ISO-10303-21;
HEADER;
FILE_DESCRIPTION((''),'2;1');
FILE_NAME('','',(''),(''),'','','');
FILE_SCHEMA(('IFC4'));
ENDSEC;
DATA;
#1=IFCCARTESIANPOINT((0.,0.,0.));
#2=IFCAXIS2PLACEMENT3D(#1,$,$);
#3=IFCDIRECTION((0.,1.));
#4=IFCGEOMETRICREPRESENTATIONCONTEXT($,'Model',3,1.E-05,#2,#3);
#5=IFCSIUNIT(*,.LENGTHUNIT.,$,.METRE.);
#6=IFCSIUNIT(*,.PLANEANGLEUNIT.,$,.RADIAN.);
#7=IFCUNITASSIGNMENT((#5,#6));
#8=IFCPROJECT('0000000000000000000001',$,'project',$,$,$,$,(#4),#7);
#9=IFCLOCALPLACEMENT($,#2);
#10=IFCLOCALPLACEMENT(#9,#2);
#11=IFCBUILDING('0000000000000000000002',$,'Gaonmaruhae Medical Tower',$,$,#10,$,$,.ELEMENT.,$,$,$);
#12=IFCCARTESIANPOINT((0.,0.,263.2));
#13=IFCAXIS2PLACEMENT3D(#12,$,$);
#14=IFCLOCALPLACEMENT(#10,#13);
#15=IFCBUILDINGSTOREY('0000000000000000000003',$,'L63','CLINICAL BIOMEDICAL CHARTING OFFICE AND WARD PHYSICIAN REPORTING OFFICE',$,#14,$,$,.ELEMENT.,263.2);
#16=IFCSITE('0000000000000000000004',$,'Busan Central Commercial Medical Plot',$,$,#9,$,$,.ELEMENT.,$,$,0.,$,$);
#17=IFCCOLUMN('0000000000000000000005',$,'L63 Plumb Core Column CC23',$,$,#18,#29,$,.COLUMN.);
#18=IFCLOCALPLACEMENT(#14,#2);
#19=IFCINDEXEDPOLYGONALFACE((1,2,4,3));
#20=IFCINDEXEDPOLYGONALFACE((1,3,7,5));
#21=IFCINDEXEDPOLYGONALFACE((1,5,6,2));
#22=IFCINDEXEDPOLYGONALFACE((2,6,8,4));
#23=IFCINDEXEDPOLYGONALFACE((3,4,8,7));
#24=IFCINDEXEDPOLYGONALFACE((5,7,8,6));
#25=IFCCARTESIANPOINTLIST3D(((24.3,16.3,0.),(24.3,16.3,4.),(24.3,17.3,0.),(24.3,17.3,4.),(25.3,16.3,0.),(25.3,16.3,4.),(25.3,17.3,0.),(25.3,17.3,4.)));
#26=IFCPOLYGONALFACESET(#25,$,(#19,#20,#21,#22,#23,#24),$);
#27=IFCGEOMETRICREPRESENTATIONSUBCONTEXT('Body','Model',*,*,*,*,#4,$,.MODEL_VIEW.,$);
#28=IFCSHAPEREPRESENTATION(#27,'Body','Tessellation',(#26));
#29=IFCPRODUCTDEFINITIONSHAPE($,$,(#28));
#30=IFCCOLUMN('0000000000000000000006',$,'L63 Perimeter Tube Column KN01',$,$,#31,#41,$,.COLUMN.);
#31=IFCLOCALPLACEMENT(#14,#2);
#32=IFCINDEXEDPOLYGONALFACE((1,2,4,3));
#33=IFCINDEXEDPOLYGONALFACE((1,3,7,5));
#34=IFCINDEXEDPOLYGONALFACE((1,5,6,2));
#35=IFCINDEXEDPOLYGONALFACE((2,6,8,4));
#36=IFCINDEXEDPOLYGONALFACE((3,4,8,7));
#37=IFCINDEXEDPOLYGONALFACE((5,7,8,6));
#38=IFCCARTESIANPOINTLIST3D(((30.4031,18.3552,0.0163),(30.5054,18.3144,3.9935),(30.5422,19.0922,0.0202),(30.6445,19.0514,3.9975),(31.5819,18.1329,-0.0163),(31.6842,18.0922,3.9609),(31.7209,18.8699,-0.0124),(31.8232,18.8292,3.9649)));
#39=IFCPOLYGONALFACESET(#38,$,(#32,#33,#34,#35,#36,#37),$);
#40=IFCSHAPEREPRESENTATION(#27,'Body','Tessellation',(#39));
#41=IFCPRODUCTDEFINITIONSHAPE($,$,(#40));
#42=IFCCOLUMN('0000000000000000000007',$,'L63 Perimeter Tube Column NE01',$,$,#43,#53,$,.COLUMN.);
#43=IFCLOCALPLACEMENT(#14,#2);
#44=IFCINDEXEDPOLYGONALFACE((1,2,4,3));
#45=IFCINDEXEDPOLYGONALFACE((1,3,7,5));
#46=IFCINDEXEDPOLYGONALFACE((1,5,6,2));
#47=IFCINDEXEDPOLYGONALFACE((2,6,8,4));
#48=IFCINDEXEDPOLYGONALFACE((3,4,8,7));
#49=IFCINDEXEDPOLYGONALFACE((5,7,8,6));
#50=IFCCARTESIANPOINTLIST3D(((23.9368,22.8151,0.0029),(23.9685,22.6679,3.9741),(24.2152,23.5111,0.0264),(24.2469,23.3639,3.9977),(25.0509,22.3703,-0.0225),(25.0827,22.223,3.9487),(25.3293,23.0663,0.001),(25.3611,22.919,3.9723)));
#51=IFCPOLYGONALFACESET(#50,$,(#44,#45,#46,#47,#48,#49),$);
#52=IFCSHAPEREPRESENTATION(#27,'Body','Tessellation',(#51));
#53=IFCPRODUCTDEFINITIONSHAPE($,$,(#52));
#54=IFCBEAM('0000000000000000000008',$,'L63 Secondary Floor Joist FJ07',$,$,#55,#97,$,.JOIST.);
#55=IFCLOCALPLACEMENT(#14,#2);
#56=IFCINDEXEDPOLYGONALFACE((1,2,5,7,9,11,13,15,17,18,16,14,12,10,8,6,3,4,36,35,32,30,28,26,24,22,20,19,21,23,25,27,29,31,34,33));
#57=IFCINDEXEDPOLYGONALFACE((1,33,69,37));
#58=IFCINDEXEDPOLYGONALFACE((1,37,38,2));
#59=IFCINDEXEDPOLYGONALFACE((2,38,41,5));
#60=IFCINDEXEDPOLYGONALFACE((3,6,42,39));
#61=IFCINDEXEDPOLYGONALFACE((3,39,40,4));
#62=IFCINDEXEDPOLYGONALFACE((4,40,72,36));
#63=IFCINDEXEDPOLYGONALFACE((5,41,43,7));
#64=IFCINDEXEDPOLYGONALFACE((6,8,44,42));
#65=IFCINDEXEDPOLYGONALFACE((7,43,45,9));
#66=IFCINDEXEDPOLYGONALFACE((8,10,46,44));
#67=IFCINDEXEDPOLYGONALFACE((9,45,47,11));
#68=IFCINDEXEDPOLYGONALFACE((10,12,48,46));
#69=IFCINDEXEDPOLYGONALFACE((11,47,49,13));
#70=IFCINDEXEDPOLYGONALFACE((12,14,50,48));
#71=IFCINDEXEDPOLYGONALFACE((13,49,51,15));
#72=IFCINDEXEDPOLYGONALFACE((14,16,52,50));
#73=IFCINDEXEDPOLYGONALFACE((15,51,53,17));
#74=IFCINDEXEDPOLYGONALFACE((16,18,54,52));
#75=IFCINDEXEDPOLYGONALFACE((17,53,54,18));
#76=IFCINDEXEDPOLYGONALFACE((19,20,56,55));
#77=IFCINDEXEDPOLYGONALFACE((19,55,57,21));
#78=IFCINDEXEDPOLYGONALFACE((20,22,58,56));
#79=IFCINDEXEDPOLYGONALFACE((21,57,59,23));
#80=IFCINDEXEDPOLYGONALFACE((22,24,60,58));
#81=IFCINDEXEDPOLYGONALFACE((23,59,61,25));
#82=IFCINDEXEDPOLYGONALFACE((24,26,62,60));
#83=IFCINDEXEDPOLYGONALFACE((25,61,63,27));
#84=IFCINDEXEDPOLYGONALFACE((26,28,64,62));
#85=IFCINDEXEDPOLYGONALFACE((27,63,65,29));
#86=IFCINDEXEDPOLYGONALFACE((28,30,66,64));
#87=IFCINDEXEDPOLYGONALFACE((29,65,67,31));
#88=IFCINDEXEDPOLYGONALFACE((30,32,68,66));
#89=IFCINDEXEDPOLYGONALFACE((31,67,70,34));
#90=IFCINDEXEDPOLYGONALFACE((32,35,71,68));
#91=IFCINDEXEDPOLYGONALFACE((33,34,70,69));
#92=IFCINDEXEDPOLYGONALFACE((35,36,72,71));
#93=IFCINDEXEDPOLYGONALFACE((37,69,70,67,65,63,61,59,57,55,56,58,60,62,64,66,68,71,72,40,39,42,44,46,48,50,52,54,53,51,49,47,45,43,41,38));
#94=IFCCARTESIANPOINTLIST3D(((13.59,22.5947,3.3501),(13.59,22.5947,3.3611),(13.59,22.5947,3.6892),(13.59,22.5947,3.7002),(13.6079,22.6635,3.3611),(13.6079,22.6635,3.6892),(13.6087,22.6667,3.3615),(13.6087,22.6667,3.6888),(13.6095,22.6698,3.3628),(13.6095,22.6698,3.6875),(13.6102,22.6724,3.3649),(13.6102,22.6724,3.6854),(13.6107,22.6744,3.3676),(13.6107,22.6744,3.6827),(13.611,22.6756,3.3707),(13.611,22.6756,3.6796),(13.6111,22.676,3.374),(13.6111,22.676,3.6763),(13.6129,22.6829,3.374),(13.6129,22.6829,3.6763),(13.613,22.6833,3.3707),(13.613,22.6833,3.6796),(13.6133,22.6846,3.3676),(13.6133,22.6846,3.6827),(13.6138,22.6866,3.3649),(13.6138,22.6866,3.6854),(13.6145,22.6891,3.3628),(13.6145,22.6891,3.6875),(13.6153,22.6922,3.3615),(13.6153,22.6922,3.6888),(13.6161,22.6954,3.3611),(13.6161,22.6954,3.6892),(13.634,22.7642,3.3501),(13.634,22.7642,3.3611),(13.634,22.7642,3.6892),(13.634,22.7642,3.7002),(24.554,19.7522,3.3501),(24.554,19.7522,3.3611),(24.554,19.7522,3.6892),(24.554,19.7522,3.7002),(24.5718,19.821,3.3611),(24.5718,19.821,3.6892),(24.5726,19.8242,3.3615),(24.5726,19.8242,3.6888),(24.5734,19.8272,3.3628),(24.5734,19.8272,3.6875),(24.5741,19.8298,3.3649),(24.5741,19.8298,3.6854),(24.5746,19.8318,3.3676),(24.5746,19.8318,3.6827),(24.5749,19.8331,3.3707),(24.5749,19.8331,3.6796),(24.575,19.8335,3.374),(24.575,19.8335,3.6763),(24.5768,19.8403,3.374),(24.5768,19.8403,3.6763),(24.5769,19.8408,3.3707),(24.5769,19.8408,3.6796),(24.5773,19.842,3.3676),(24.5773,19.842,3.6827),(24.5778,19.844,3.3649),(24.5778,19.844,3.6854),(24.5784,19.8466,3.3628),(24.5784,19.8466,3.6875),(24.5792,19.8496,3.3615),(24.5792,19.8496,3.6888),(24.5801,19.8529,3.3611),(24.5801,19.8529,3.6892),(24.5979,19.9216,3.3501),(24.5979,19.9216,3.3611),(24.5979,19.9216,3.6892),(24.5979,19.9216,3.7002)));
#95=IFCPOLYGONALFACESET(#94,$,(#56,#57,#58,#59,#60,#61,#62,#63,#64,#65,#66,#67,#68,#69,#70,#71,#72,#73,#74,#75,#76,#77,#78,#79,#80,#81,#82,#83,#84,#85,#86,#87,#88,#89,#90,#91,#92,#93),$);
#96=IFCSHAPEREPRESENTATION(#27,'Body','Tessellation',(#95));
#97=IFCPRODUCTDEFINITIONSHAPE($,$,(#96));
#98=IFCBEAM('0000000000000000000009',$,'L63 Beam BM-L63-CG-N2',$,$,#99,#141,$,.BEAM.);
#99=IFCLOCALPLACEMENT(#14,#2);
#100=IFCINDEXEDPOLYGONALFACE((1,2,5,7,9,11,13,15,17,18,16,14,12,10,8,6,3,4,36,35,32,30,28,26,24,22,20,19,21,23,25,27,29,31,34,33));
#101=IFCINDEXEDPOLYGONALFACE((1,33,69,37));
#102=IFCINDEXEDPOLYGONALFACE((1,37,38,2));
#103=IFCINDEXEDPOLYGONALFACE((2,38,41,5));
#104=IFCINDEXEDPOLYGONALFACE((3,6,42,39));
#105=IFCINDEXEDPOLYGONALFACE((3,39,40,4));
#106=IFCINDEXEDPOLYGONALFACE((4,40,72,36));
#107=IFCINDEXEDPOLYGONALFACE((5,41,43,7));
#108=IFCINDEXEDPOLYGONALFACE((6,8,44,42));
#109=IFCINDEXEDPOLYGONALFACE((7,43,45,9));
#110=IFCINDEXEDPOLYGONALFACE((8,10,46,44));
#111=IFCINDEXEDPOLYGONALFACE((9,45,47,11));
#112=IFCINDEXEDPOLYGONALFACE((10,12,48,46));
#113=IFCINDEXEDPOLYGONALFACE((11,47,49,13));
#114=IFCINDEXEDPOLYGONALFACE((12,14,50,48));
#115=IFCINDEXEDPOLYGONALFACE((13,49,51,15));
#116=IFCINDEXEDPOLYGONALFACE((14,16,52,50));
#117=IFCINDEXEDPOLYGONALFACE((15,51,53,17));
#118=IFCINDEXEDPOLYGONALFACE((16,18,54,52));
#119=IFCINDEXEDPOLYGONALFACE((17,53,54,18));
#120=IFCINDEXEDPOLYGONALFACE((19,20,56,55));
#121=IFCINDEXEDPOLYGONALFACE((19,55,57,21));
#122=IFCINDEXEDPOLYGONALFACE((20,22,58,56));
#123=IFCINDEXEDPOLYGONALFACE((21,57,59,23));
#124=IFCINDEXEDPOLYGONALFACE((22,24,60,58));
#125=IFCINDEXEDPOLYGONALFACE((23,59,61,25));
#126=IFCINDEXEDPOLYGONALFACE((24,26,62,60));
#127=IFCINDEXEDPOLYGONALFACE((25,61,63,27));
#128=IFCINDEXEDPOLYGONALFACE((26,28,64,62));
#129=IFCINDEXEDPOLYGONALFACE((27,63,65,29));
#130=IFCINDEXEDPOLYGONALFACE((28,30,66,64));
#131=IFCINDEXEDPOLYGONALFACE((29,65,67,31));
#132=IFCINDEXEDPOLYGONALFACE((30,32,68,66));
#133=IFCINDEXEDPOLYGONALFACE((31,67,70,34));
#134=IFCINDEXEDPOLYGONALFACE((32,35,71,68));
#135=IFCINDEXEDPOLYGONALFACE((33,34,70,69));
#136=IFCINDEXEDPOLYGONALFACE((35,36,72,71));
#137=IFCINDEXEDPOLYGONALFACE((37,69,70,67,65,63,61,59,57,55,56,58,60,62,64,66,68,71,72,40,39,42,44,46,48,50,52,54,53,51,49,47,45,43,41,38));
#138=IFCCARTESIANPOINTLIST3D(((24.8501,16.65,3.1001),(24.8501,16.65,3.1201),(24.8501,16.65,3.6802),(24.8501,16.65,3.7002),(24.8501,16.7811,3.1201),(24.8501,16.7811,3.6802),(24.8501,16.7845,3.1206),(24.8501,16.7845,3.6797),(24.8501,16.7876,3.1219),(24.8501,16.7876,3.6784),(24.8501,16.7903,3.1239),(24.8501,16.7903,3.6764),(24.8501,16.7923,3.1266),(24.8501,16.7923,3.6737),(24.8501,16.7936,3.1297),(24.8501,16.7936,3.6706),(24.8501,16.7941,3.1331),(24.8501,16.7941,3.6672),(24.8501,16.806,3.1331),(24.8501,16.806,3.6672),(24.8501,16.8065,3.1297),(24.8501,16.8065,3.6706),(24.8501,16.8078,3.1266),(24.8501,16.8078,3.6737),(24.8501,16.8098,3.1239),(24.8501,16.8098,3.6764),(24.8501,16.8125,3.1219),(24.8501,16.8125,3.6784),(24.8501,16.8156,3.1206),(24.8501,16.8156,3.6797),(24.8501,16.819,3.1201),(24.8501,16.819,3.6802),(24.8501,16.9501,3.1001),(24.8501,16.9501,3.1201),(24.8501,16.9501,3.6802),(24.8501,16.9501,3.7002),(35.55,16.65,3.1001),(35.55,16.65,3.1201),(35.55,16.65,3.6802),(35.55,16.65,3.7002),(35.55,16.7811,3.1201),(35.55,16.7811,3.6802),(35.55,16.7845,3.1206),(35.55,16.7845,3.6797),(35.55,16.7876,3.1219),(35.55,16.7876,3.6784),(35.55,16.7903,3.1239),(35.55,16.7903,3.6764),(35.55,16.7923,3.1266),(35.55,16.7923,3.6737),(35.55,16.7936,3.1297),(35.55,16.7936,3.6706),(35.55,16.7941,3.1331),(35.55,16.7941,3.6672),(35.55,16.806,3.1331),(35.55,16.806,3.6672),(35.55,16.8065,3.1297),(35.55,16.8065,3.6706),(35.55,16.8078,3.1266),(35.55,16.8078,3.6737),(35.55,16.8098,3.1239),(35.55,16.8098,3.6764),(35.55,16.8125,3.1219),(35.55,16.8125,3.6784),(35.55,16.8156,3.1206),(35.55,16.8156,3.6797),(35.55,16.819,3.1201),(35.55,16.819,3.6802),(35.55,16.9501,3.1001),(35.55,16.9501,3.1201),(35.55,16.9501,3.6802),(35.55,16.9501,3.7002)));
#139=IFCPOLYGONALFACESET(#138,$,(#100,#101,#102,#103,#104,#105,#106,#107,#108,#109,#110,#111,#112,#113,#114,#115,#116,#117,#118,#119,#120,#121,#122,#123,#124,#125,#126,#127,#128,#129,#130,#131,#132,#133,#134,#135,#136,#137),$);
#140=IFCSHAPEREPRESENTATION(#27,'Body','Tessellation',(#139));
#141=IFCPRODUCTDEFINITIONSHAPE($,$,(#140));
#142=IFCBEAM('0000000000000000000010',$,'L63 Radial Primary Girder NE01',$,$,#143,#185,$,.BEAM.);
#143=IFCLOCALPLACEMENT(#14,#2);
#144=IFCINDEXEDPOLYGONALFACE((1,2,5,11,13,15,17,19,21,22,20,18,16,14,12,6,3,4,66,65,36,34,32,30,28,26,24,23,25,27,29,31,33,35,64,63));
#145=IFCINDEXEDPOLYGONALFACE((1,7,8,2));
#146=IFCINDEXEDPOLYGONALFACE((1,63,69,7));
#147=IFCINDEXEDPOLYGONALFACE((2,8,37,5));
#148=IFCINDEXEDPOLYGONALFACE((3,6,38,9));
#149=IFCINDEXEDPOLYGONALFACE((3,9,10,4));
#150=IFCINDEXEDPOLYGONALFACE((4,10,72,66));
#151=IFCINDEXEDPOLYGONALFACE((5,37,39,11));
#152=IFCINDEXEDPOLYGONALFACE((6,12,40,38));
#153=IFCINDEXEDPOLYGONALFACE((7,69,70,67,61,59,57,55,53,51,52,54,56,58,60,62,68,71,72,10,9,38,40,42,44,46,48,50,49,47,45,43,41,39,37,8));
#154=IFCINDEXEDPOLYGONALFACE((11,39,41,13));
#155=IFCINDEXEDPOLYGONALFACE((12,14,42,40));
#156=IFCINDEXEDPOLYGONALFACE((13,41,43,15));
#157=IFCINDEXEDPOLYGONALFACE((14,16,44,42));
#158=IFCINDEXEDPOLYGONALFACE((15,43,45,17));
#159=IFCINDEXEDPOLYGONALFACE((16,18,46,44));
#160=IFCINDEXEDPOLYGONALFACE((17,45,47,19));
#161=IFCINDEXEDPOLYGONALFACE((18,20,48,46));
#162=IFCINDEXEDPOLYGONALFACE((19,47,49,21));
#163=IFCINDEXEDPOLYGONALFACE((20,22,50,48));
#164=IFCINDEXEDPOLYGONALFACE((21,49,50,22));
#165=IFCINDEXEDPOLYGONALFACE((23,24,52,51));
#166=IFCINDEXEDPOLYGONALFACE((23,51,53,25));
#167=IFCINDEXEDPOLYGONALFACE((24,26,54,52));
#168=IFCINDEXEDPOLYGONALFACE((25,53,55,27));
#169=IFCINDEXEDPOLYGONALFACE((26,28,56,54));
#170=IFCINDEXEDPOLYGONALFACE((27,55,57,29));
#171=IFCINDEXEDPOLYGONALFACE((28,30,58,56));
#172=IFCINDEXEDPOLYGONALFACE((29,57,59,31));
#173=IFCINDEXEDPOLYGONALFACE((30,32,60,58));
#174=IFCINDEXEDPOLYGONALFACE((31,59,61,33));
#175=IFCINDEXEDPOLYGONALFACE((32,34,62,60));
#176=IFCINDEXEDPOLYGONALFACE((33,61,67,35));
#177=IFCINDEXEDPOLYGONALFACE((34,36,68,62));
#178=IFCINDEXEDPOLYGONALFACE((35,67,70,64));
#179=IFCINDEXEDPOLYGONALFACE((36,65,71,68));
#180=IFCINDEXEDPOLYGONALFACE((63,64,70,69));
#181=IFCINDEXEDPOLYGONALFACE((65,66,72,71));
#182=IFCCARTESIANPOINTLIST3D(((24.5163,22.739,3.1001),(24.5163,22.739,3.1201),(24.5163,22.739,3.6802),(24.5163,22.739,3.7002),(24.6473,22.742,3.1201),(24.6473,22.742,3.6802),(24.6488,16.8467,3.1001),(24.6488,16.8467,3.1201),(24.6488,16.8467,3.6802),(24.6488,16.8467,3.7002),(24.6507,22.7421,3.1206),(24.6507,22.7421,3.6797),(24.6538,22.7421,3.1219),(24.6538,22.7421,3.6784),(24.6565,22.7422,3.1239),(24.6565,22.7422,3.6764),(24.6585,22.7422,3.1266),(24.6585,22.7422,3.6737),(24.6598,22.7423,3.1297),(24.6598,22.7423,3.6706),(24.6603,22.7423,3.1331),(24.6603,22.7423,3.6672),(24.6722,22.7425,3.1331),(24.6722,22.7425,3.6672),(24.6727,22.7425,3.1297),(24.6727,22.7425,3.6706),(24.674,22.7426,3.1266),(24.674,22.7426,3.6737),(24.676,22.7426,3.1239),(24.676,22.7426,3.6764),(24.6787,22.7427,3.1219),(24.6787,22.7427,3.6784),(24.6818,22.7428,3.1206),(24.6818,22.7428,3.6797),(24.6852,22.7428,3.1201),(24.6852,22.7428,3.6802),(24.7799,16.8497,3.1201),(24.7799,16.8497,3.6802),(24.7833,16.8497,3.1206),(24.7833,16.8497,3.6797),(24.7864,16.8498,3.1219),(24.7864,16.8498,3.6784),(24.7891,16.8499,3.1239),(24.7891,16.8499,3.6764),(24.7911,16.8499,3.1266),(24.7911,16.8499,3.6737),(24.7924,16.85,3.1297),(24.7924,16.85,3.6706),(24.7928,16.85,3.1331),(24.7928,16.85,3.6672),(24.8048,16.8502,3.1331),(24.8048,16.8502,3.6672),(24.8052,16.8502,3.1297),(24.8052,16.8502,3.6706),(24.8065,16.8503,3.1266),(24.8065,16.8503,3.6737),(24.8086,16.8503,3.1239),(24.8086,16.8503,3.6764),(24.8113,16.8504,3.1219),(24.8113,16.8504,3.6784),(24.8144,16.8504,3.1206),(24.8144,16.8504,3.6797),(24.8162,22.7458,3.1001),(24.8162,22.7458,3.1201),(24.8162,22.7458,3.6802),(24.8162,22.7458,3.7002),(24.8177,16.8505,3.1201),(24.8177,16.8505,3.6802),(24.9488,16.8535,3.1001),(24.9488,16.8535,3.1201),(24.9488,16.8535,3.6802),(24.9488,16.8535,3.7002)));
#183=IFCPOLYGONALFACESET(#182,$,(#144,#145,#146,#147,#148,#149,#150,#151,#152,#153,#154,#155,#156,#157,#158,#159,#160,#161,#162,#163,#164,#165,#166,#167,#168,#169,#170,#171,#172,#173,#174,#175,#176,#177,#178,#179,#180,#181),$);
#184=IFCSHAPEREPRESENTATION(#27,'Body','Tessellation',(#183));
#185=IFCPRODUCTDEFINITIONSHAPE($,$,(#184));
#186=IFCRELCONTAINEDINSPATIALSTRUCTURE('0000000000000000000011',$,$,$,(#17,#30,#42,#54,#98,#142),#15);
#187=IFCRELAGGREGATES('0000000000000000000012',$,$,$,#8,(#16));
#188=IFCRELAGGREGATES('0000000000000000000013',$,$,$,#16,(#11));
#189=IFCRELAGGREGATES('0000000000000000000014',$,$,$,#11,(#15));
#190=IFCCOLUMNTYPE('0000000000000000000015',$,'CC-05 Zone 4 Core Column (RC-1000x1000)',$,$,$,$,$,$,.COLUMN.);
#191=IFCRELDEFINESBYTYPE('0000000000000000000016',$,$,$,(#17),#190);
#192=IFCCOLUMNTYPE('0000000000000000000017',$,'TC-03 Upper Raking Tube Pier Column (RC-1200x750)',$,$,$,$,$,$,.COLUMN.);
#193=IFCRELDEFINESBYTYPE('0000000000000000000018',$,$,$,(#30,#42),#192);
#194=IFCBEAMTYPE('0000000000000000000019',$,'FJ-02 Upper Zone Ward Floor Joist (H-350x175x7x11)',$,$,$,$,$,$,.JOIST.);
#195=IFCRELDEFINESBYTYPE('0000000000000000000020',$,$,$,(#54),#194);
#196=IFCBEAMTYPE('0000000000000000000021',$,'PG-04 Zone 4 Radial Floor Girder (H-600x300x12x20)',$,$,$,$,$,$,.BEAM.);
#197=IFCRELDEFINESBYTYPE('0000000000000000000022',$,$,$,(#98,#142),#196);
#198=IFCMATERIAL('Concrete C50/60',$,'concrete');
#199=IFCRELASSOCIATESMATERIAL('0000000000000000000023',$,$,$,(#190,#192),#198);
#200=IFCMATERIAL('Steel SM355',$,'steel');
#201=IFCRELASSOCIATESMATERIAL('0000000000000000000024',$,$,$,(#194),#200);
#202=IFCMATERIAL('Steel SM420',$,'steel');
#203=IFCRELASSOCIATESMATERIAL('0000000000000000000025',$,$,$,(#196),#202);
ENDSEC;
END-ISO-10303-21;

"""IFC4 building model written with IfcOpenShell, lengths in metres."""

from ifc_helpers import new_model, si_unit, direction, frame, origin, origin_2d, place, context, subcontext, project, spatial, rectangle, i_section, extrude, material, material_profile, profile_set, type_object, element, save


model = new_model("IFC4")

# Units and contexts
model_context = context("Model", 3, precision=1e-05, world=origin(), true_north=direction((0.0, 1.0)))
body_context = subcontext(model_context, "Body", "Model", "MODEL_VIEW")
ifc_project = project(units=[si_unit("LENGTHUNIT", "METRE"), si_unit("PLANEANGLEUNIT", "RADIAN")], contexts=[model_context])

# Site, building, storey
site_placement = place(None, origin())
site = spatial("IfcSite", under=ifc_project, at=site_placement, Name="Busan Central Commercial Medical Plot", CompositionType="ELEMENT", RefElevation=0.0)
building_placement = place(site_placement, origin())
building = spatial("IfcBuilding", under=site, at=building_placement, Name="Gaonmaruhae Medical Tower", CompositionType="ELEMENT")
storey_placement = place(building_placement, frame((0.0, 0.0, 263.2)))
storey = spatial("IfcBuildingStorey", under=building, at=storey_placement, Name="L63", Description="CLINICAL BIOMEDICAL CHARTING OFFICE AND WARD PHYSICIAN REPORTING OFFICE", CompositionType="ELEMENT", Elevation=263.2)

# Columns
ifc_material_1 = material(Name="Concrete C50/60", Category="concrete")
ifc_material_profile_1 = material_profile(ifc_material_1, rectangle(XDim=1.0, YDim=1.0, at=origin_2d()), Name="RC-1000x1000")
ifc_profile_set_1 = profile_set([ifc_material_profile_1], Name="Concrete C50/60")
column_type_1 = type_object("IfcColumnType", Name="CC-05 Zone 4 Core Column (RC-1000x1000)", PredefinedType="COLUMN", material=ifc_profile_set_1)
column_1_placement = place(storey_placement, frame((24.8, 16.8, 0.0), z_axis=(0.0, 0.0, 1.0), x_axis=(1.0, 0.0, 0.0)))
element("IfcColumn", 1, at=column_1_placement, inside=storey, type_object=column_type_1, Name="L63 Plumb Core Column CC23", PredefinedType="COLUMN", context=body_context, shape_type="SweptSolid", body=[
    extrude(rectangle(XDim=1.0, YDim=1.0, at=origin_2d()), origin(), (0.0, 0.0, 1.0), 4.0),
])
ifc_material_profile_2 = material_profile(ifc_material_1, rectangle(XDim=1.2, YDim=0.75, at=origin_2d()), Name="RC-1200x750")
ifc_profile_set_2 = profile_set([ifc_material_profile_2], Name="Concrete C50/60")
column_type_2 = type_object("IfcColumnType", Name="TC-03 Upper Raking Tube Pier Column (RC-1200x750)", PredefinedType="COLUMN", material=ifc_profile_set_2)
column_2_placement = place(storey_placement, frame((31.062, 18.6125, 0.002), z_axis=(0.02571, -0.010247, 0.999617), x_axis=(-0.982326, 0.185195, 0.027164)))
element("IfcColumn", 2, at=column_2_placement, inside=storey, type_object=column_type_2, Name="L63 Perimeter Tube Column KN01", PredefinedType="COLUMN", context=body_context, shape_type="SweptSolid", body=[
    extrude(rectangle(XDim=1.2, YDim=0.75, at=origin_2d()), origin(), (0.0, 0.0, 1.0), 3.9788),
])
column_3_placement = place(storey_placement, frame((24.6331, 22.9407, 0.002), z_axis=(0.007986, -0.037045, 0.999282), x_axis=(-0.928506, 0.370714, 0.021164)))
element("IfcColumn", 3, at=column_3_placement, inside=storey, type_object=column_type_2, Name="L63 Perimeter Tube Column NE01", PredefinedType="COLUMN", context=body_context, shape_type="SweptSolid", body=[
    extrude(rectangle(XDim=1.2, YDim=0.75, at=origin_2d()), origin(), (0.0, 0.0, 1.0), 3.9741),
])

# Beams
ifc_material_2 = material(Name="Steel SM355", Category="steel")
ifc_material_profile_3 = material_profile(ifc_material_2, i_section(OverallWidth=0.175, OverallDepth=0.3501, WebThickness=0.0071, FlangeThickness=0.011, FilletRadius=0.0129, at=origin_2d()), Name="H-350x175x7x11")
ifc_profile_set_3 = profile_set([ifc_material_profile_3], Name="Steel SM355")
beam_type_1 = type_object("IfcBeamType", Name="FJ-02 Upper Zone Ward Floor Joist (H-350x175x7x11)", PredefinedType="JOIST", material=ifc_profile_set_3)
beam_1_placement = place(storey_placement, frame((24.5759, 19.8369, 3.5251), z_axis=(-0.967996, 0.250966, 0.0), x_axis=(-0.250966, -0.967996, 0.0)))
element("IfcBeam", 4, at=beam_1_placement, inside=storey, type_object=beam_type_1, Name="L63 Secondary Floor Joist FJ07", PredefinedType="JOIST", context=body_context, shape_type="SweptSolid", body=[
    extrude(i_section(OverallWidth=0.175, OverallDepth=0.3501, WebThickness=0.0071, FlangeThickness=0.011, FilletRadius=0.0129, at=origin_2d()), origin(), (0.0, 0.0, 1.0), 11.3264),
])
ifc_material_3 = material(Name="Steel SM420", Category="steel")
ifc_material_profile_4 = material_profile(ifc_material_3, i_section(OverallWidth=0.3, OverallDepth=0.6001, WebThickness=0.012, FlangeThickness=0.02, FilletRadius=0.0129, at=origin_2d()), Name="H-600x300x12x20")
ifc_profile_set_4 = profile_set([ifc_material_profile_4], Name="Steel SM420")
beam_type_2 = type_object("IfcBeamType", Name="PG-04 Zone 4 Radial Floor Girder (H-600x300x12x20)", PredefinedType="BEAM", material=ifc_profile_set_4)
beam_2_placement = place(storey_placement, frame((24.8501, 16.8, 3.4001), z_axis=(1.0, 0.0, 0.0), x_axis=(0.0, 1.0, 0.0)))
element("IfcBeam", 5, at=beam_2_placement, inside=storey, type_object=beam_type_2, Name="L63 Beam BM-L63-CG-N2", PredefinedType="BEAM", context=body_context, shape_type="SweptSolid", body=[
    extrude(i_section(OverallWidth=0.3, OverallDepth=0.6001, WebThickness=0.012, FlangeThickness=0.02, FilletRadius=0.0129, at=origin_2d()), origin(), (0.0, 0.0, 1.0), 10.7),
])
beam_3_placement = place(storey_placement, frame((24.7988, 16.8501, 3.4001), z_axis=(-0.022493, 0.999747, 0.0), x_axis=(-0.999747, -0.022493, 0.0)))
element("IfcBeam", 6, at=beam_3_placement, inside=storey, type_object=beam_type_2, Name="L63 Radial Primary Girder NE01", PredefinedType="BEAM", context=body_context, shape_type="SweptSolid", body=[
    extrude(i_section(OverallWidth=0.3, OverallDepth=0.6001, WebThickness=0.012, FlangeThickness=0.02, FilletRadius=0.0129, at=origin_2d()), origin(), (0.0, 0.0, 1.0), 5.8938),
])

save(model, "model.ifc")
